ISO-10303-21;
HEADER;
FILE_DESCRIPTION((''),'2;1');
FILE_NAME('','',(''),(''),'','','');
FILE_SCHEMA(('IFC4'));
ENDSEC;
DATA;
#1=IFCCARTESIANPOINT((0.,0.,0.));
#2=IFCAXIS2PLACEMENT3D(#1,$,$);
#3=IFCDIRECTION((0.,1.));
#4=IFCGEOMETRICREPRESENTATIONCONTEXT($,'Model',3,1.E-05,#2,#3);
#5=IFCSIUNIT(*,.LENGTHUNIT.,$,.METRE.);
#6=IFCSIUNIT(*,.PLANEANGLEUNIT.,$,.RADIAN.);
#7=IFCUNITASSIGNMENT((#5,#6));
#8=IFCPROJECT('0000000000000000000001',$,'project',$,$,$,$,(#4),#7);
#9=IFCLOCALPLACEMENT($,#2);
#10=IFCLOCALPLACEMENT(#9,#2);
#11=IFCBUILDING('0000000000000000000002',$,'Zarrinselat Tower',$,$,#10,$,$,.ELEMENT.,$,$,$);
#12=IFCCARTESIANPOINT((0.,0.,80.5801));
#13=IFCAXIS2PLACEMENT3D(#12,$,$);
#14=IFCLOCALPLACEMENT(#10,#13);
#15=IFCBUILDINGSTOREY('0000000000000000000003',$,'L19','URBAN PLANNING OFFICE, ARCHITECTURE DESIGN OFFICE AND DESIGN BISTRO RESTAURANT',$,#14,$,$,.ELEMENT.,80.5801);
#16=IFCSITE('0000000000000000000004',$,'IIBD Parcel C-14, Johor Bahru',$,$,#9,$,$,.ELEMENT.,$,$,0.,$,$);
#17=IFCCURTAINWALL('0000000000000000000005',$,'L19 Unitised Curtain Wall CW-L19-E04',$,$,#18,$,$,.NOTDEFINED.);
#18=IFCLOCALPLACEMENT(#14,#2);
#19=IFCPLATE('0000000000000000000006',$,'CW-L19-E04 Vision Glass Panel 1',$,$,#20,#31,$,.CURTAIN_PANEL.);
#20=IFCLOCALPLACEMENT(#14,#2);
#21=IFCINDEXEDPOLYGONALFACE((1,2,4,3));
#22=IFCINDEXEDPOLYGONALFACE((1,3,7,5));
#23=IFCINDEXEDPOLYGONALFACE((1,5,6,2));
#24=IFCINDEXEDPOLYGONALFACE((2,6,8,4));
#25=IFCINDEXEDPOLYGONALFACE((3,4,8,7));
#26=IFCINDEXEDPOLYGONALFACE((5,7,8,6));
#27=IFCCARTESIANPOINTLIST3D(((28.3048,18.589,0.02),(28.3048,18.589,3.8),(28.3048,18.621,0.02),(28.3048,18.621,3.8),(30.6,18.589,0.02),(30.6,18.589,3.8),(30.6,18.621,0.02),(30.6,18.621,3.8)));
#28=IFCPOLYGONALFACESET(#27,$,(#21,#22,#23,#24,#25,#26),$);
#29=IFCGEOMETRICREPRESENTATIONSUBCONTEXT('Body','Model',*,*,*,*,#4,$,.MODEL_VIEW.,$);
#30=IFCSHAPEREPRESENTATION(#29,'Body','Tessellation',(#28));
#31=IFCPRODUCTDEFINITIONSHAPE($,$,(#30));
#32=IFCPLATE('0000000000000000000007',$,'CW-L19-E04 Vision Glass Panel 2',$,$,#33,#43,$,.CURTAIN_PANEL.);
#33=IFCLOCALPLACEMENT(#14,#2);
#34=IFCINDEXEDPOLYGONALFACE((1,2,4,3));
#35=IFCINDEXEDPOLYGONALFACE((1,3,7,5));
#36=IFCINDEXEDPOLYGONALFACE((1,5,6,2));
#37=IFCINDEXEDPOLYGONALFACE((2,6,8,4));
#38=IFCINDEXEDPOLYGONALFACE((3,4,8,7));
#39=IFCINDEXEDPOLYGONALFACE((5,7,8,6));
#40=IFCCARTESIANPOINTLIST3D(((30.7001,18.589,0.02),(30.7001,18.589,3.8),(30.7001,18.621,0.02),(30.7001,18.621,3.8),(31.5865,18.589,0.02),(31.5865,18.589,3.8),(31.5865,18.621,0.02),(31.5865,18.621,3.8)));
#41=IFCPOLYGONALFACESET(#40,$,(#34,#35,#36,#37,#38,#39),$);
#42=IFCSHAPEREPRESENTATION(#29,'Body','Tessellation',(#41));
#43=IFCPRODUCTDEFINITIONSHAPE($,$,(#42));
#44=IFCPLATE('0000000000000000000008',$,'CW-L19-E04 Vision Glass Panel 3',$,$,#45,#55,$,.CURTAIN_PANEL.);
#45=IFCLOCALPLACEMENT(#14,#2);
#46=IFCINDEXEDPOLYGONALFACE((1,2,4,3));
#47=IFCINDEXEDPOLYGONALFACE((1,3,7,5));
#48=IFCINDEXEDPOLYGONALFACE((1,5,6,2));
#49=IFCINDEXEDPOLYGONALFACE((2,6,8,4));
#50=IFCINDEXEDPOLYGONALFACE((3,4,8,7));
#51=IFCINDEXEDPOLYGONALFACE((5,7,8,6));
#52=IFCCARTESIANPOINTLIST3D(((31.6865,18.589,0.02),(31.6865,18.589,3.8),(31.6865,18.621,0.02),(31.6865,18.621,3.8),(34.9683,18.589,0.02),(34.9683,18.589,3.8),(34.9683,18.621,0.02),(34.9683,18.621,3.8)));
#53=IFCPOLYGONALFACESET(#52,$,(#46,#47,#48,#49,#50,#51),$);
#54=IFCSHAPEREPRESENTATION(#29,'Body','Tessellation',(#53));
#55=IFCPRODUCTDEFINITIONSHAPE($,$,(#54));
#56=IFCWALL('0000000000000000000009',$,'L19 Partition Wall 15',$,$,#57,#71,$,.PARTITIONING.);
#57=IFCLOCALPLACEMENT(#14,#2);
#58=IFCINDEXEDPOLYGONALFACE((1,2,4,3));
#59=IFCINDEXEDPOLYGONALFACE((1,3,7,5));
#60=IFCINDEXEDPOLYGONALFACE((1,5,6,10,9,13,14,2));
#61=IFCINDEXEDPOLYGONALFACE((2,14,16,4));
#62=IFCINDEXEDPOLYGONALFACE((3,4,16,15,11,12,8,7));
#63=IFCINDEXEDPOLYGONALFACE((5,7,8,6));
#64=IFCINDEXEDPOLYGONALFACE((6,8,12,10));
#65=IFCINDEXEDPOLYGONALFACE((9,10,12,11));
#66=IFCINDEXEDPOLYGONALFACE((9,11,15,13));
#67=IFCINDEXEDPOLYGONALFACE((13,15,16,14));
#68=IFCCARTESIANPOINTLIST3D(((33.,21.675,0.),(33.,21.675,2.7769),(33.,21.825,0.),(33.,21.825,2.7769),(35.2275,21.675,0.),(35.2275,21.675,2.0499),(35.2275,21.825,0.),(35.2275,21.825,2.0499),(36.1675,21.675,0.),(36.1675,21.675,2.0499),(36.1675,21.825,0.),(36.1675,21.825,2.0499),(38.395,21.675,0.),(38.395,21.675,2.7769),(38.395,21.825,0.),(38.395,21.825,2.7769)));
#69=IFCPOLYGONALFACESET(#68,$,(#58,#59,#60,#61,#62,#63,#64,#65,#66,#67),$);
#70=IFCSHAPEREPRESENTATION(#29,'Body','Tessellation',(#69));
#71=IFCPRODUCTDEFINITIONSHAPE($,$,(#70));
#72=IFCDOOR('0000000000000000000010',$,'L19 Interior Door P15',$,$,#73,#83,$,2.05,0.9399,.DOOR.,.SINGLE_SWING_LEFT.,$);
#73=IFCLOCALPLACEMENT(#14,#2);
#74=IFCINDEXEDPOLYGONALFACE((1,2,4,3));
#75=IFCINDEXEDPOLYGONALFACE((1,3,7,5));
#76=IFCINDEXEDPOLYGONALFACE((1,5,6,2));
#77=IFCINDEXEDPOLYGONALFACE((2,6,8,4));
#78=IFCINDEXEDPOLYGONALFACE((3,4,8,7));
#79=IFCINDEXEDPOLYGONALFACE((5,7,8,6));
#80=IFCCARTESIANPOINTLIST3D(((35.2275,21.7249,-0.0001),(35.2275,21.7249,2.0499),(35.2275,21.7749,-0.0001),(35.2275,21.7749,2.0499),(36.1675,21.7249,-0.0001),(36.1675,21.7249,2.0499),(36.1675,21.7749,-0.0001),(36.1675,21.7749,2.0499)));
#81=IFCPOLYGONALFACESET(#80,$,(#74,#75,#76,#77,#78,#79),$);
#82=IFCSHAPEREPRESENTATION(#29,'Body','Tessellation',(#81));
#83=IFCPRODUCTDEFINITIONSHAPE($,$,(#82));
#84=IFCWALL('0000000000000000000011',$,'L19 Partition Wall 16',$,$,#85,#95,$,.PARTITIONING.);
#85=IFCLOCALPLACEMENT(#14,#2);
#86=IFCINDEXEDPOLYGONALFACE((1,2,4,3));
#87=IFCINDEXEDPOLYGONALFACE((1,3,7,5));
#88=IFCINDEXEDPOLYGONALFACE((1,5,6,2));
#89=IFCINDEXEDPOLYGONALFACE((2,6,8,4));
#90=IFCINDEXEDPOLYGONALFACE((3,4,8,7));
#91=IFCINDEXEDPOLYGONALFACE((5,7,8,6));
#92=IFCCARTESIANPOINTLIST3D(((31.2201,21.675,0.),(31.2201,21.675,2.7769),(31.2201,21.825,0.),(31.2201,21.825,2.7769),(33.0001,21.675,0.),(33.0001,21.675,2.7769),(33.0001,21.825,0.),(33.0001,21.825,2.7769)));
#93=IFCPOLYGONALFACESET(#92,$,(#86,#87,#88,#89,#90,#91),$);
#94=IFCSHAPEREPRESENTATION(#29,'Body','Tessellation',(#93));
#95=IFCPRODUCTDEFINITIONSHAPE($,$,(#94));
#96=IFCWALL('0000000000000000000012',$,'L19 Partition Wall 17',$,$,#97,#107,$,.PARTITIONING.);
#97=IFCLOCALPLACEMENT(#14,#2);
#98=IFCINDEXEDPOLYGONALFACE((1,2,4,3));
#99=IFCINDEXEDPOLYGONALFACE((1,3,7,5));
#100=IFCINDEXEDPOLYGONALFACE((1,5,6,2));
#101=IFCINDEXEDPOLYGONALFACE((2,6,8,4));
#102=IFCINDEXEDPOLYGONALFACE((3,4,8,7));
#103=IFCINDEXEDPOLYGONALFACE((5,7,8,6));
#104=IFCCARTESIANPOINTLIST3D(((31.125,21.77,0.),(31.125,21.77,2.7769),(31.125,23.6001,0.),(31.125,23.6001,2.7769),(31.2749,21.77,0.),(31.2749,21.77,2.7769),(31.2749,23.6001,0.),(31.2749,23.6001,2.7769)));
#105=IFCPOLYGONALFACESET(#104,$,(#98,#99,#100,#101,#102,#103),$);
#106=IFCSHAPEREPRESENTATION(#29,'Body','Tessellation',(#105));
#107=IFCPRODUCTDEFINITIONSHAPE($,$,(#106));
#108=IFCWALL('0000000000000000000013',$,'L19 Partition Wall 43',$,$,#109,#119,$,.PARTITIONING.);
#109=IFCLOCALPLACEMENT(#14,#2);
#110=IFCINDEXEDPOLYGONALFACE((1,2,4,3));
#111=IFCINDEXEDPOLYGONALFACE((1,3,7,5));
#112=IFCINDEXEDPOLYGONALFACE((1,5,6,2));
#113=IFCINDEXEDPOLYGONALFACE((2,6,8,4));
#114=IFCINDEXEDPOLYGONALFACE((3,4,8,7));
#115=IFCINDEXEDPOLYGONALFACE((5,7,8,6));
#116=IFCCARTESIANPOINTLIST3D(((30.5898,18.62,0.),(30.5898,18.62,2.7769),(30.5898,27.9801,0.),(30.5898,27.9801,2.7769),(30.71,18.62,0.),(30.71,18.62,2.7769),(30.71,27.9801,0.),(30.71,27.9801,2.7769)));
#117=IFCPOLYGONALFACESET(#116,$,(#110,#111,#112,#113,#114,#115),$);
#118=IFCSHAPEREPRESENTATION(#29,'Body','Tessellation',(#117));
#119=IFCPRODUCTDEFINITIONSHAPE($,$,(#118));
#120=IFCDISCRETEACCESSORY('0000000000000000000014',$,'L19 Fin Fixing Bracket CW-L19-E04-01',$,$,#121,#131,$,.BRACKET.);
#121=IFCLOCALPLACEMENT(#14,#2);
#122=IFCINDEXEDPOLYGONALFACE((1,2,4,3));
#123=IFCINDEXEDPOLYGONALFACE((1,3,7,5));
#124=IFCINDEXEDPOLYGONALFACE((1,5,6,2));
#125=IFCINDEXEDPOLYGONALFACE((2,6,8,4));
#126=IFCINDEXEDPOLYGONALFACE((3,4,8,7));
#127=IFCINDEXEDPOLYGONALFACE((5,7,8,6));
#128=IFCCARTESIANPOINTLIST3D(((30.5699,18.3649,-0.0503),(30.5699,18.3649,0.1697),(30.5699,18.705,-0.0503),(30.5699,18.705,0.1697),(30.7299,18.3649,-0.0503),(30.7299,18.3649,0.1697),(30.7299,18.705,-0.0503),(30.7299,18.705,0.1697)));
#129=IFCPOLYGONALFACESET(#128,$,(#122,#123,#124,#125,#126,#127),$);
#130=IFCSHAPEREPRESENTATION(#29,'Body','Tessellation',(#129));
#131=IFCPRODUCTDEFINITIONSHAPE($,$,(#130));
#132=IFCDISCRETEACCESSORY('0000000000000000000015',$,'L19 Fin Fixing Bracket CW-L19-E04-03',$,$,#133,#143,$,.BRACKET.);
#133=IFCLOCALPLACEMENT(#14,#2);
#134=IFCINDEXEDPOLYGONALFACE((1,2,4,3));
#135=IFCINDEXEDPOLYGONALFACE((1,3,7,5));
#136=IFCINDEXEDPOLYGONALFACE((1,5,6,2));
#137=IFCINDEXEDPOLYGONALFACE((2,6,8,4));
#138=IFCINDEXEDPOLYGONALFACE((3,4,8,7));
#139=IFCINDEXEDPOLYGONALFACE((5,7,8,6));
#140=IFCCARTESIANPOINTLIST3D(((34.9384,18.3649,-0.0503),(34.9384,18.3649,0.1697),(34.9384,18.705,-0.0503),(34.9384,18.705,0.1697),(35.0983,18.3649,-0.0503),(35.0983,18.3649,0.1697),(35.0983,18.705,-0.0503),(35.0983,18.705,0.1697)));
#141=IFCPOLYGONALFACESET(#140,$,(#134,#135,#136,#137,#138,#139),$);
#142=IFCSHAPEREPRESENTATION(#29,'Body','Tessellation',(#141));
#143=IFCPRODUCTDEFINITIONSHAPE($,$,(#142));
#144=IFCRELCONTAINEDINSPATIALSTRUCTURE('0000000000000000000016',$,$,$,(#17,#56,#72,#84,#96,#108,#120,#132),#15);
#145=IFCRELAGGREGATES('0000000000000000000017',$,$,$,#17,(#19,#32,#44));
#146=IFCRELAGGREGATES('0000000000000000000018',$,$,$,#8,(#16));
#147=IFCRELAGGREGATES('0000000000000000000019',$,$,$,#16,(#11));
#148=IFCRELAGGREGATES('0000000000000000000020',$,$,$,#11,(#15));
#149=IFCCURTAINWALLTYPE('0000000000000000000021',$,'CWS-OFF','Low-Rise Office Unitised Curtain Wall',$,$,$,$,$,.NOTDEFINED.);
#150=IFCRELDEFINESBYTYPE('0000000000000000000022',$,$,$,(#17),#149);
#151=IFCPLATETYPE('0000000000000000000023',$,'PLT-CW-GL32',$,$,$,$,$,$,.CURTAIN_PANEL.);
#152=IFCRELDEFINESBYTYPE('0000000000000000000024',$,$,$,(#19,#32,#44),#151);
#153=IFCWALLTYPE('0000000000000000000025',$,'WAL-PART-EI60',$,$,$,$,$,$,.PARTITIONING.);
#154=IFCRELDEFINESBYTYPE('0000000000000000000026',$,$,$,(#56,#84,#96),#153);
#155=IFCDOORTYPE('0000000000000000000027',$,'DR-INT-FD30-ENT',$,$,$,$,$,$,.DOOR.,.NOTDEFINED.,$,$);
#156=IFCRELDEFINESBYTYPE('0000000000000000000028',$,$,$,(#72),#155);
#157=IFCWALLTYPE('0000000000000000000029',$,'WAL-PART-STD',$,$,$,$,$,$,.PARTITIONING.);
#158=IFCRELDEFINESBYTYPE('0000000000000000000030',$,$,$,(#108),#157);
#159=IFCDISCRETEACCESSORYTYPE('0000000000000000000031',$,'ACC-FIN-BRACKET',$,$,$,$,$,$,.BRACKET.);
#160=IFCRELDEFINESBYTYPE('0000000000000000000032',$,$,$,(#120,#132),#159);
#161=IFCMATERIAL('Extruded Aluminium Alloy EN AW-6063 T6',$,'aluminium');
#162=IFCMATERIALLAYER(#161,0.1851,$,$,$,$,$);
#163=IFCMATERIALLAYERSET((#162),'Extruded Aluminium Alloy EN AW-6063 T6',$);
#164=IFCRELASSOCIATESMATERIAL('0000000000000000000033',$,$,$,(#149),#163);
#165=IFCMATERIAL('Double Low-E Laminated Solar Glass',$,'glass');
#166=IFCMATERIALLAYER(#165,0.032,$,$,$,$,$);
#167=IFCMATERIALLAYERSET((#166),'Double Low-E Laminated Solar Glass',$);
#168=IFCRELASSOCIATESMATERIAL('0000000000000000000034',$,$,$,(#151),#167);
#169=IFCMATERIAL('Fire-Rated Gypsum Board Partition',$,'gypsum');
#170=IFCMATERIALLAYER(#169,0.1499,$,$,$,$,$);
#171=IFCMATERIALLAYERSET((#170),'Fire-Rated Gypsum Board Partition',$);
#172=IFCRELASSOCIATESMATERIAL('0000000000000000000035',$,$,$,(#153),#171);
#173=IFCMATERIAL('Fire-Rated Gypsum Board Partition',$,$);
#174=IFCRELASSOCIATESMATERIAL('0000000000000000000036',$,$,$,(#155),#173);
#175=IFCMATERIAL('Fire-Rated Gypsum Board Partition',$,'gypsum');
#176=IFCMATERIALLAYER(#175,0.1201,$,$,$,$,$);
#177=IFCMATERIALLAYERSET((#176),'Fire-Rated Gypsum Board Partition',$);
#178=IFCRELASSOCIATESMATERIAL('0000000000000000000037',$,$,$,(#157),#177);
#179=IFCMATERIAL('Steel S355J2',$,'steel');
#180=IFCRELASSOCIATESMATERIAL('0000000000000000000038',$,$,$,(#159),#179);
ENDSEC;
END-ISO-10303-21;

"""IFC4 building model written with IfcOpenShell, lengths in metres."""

from ifc_helpers import new_model, si_unit, direction, frame, frame_2d, origin, origin_2d, place, context, subcontext, project, spatial, rectangle, extrude, material, layer, layer_set, type_object, element, fill, aggregate, save


model = new_model("IFC4")

# Units and contexts
model_context = context("Model", 3, precision=1e-05, world=origin(), true_north=direction((0.0, 1.0)))
body_context = subcontext(model_context, "Body", "Model", "MODEL_VIEW")
ifc_project = project(units=[si_unit("LENGTHUNIT", "METRE"), si_unit("PLANEANGLEUNIT", "RADIAN")], contexts=[model_context])

# Site, building, storey
site_placement = place(None, origin())
site = spatial("IfcSite", under=ifc_project, at=site_placement, Name="IIBD Parcel C-14, Johor Bahru", CompositionType="ELEMENT", RefElevation=0.0)
building_placement = place(site_placement, origin())
building = spatial("IfcBuilding", under=site, at=building_placement, Name="Zarrinselat Tower", CompositionType="ELEMENT")
storey_placement = place(building_placement, frame((0.0, 0.0, 80.5801)))
storey = spatial("IfcBuildingStorey", under=building, at=storey_placement, Name="L19", Description="URBAN PLANNING OFFICE, ARCHITECTURE DESIGN OFFICE AND DESIGN BISTRO RESTAURANT", CompositionType="ELEMENT", Elevation=80.5801)

# Shared definitions
ifc_material_1 = material(Name="Extruded Aluminium Alloy EN AW-6063 T6", Category="aluminium")
ifc_layer_1 = layer(ifc_material_1, 0.1851)
ifc_layer_set_1 = layer_set([ifc_layer_1], Name="Extruded Aluminium Alloy EN AW-6063 T6")
curtain_wall_type = type_object("IfcCurtainWallType", Name="CWS-OFF", Description="Low-Rise Office Unitised Curtain Wall", PredefinedType="NOTDEFINED", material=ifc_layer_set_1)

# Curtain wall, plates
curtain_wall_1_placement = place(storey_placement, origin())
curtain_wall_1 = element("IfcCurtainWall", 1, at=curtain_wall_1_placement, inside=storey, type_object=curtain_wall_type, Name="L19 Unitised Curtain Wall CW-L19-E04", PredefinedType="NOTDEFINED")
ifc_material_2 = material(Name="Double Low-E Laminated Solar Glass", Category="glass")
ifc_layer_2 = layer(ifc_material_2, 0.032)
ifc_layer_set_2 = layer_set([ifc_layer_2], Name="Double Low-E Laminated Solar Glass")
plate_type = type_object("IfcPlateType", Name="PLT-CW-GL32", PredefinedType="CURTAIN_PANEL", material=ifc_layer_set_2)
plate_1_placement = place(storey_placement, frame((29.4524, 18.605, 0.02), z_axis=(0.0, 0.0, 1.0), x_axis=(1.0, 0.0, 0.0)))
plate_1 = element("IfcPlate", 2, at=plate_1_placement, type_object=plate_type, Name="CW-L19-E04 Vision Glass Panel 1", PredefinedType="CURTAIN_PANEL", context=body_context, shape_type="SweptSolid", body=[
    extrude(rectangle(XDim=2.2952, YDim=0.032, at=origin_2d()), origin(), (0.0, 0.0, 1.0), 3.78),
])
plate_2_placement = place(storey_placement, frame((31.1433, 18.605, 0.02), z_axis=(0.0, 0.0, 1.0), x_axis=(1.0, 0.0, 0.0)))
plate_2 = element("IfcPlate", 3, at=plate_2_placement, type_object=plate_type, Name="CW-L19-E04 Vision Glass Panel 2", PredefinedType="CURTAIN_PANEL", context=body_context, shape_type="SweptSolid", body=[
    extrude(rectangle(XDim=0.8865, YDim=0.032, at=origin_2d()), origin(), (0.0, 0.0, 1.0), 3.78),
])
plate_3_placement = place(storey_placement, frame((33.3274, 18.605, 0.02), z_axis=(0.0, 0.0, 1.0), x_axis=(1.0, 0.0, 0.0)))
plate_3 = element("IfcPlate", 4, at=plate_3_placement, type_object=plate_type, Name="CW-L19-E04 Vision Glass Panel 3", PredefinedType="CURTAIN_PANEL", context=body_context, shape_type="SweptSolid", body=[
    extrude(rectangle(XDim=3.2817, YDim=0.032, at=origin_2d()), origin(), (0.0, 0.0, 1.0), 3.78),
])
aggregate(curtain_wall_1, [plate_1, plate_2, plate_3])

# Wall, opening, door
ifc_material_3 = material(Name="Fire-Rated Gypsum Board Partition", Category="gypsum")
ifc_layer_3 = layer(ifc_material_3, 0.1499)
ifc_layer_set_3 = layer_set([ifc_layer_3], Name="Fire-Rated Gypsum Board Partition")
wall_type_1 = type_object("IfcWallType", Name="WAL-PART-EI60", PredefinedType="PARTITIONING", material=ifc_layer_set_3)
wall_1_placement = place(storey_placement, frame((33.0, 21.75, 0.0), z_axis=(0.0, 0.0, 1.0), x_axis=(1.0, 0.0, 0.0)))
wall_1 = element("IfcWall", 5, at=wall_1_placement, inside=storey, type_object=wall_type_1, Name="L19 Partition Wall 15", PredefinedType="PARTITIONING", context=body_context, shape_type="SweptSolid", body=[
    extrude(rectangle(XDim=5.395, YDim=0.1499, at=frame_2d((2.6975, 0.0))), origin(), (0.0, 0.0, 1.0), 2.7769),
])
opening_placement = place(wall_1_placement, frame((2.2275, 0.0, 0.0)))
opening = element("IfcOpeningElement", 6, at=opening_placement, cuts=wall_1, PredefinedType="OPENING", context=body_context, shape_type="SweptSolid", body=[
    extrude(rectangle(XDim=0.9399, YDim=2.05, at=frame_2d((0.47, 1.0249))), frame((0.0, 0.085, 0.0), z_axis=(0.0, -1.0, 0.0), x_axis=(1.0, 0.0, 0.0)), (0.0, 0.0, 1.0), 0.1699),
])
ifc_material_4 = material(Name="Fire-Rated Gypsum Board Partition")
door_type = type_object("IfcDoorType", Name="DR-INT-FD30-ENT", OperationType="NOTDEFINED", PredefinedType="DOOR", material=ifc_material_4)
door_placement = place(opening_placement, origin())
door = element("IfcDoor", 7, at=door_placement, inside=storey, type_object=door_type, Name="L19 Interior Door P15", OperationType="SINGLE_SWING_LEFT", OverallHeight=2.05, OverallWidth=0.9399, PredefinedType="DOOR", context=body_context, shape_type="SweptSolid", body=[
    extrude(rectangle(XDim=0.9399, YDim=2.05, at=frame_2d((0.47, 1.0249))), frame((0.0, 0.0249, 0.0), z_axis=(0.0, -1.0, 0.0), x_axis=(1.0, 0.0, 0.0)), (0.0, 0.0, 1.0), 0.05),
])
fill(opening, door)

# Walls
wall_2_placement = place(storey_placement, frame((31.22, 21.75, 0.0), z_axis=(0.0, 0.0, 1.0), x_axis=(1.0, 0.0, 0.0)))
element("IfcWall", 8, at=wall_2_placement, inside=storey, type_object=wall_type_1, Name="L19 Partition Wall 16", PredefinedType="PARTITIONING", context=body_context, shape_type="SweptSolid", body=[
    extrude(rectangle(XDim=1.78, YDim=0.1499, at=frame_2d((0.8901, 0.0))), origin(), (0.0, 0.0, 1.0), 2.7769),
])
wall_3_placement = place(storey_placement, frame((31.2, 21.77, 0.0), z_axis=(0.0, 0.0, 1.0), x_axis=(0.0, 1.0, 0.0)))
element("IfcWall", 9, at=wall_3_placement, inside=storey, type_object=wall_type_1, Name="L19 Partition Wall 17", PredefinedType="PARTITIONING", context=body_context, shape_type="SweptSolid", body=[
    extrude(rectangle(XDim=1.8301, YDim=0.1499, at=frame_2d((0.915, 0.0))), origin(), (0.0, 0.0, 1.0), 2.7769),
])
ifc_material_5 = material(Name="Fire-Rated Gypsum Board Partition", Category="gypsum")
ifc_layer_4 = layer(ifc_material_5, 0.1201)
ifc_layer_set_4 = layer_set([ifc_layer_4], Name="Fire-Rated Gypsum Board Partition")
wall_type_2 = type_object("IfcWallType", Name="WAL-PART-STD", PredefinedType="PARTITIONING", material=ifc_layer_set_4)
wall_4_placement = place(storey_placement, frame((30.6499, 18.6199, 0.0), z_axis=(0.0, 0.0, 1.0), x_axis=(0.0, 1.0, 0.0)))
element("IfcWall", 10, at=wall_4_placement, inside=storey, type_object=wall_type_2, Name="L19 Partition Wall 43", PredefinedType="PARTITIONING", context=body_context, shape_type="SweptSolid", body=[
    extrude(rectangle(XDim=9.3601, YDim=0.1201, at=frame_2d((4.6802, 0.0))), origin(), (0.0, 0.0, 1.0), 2.7769),
])

# Discrete accessories
ifc_material_6 = material(Name="Steel S355J2", Category="steel")
discrete_accessory_type = type_object("IfcDiscreteAccessoryType", Name="ACC-FIN-BRACKET", PredefinedType="BRACKET", material=ifc_material_6)
for number, where, z_axis, x_axis, name in (
    (11, (30.6499, 18.5349, -0.0503), (0.0, 0.0, 1.0), (0.0, -1.0, 0.0), "L19 Fin Fixing Bracket CW-L19-E04-01"),
    (12, (35.0183, 18.5349, -0.0503), (0.0, 0.0, 1.0), (0.0, -1.0, 0.0), "L19 Fin Fixing Bracket CW-L19-E04-03"),
):
    element("IfcDiscreteAccessory", number, at=place(storey_placement, frame(where, z_axis=z_axis, x_axis=x_axis)), inside=storey, type_object=discrete_accessory_type, Name=name, PredefinedType="BRACKET", context=body_context, shape_type="SweptSolid", body=[
        extrude(rectangle(XDim=0.3401, YDim=0.1599, at=origin_2d()), origin(), (0.0, 0.0, 1.0), 0.22),
    ])

save(model, "model.ifc")
